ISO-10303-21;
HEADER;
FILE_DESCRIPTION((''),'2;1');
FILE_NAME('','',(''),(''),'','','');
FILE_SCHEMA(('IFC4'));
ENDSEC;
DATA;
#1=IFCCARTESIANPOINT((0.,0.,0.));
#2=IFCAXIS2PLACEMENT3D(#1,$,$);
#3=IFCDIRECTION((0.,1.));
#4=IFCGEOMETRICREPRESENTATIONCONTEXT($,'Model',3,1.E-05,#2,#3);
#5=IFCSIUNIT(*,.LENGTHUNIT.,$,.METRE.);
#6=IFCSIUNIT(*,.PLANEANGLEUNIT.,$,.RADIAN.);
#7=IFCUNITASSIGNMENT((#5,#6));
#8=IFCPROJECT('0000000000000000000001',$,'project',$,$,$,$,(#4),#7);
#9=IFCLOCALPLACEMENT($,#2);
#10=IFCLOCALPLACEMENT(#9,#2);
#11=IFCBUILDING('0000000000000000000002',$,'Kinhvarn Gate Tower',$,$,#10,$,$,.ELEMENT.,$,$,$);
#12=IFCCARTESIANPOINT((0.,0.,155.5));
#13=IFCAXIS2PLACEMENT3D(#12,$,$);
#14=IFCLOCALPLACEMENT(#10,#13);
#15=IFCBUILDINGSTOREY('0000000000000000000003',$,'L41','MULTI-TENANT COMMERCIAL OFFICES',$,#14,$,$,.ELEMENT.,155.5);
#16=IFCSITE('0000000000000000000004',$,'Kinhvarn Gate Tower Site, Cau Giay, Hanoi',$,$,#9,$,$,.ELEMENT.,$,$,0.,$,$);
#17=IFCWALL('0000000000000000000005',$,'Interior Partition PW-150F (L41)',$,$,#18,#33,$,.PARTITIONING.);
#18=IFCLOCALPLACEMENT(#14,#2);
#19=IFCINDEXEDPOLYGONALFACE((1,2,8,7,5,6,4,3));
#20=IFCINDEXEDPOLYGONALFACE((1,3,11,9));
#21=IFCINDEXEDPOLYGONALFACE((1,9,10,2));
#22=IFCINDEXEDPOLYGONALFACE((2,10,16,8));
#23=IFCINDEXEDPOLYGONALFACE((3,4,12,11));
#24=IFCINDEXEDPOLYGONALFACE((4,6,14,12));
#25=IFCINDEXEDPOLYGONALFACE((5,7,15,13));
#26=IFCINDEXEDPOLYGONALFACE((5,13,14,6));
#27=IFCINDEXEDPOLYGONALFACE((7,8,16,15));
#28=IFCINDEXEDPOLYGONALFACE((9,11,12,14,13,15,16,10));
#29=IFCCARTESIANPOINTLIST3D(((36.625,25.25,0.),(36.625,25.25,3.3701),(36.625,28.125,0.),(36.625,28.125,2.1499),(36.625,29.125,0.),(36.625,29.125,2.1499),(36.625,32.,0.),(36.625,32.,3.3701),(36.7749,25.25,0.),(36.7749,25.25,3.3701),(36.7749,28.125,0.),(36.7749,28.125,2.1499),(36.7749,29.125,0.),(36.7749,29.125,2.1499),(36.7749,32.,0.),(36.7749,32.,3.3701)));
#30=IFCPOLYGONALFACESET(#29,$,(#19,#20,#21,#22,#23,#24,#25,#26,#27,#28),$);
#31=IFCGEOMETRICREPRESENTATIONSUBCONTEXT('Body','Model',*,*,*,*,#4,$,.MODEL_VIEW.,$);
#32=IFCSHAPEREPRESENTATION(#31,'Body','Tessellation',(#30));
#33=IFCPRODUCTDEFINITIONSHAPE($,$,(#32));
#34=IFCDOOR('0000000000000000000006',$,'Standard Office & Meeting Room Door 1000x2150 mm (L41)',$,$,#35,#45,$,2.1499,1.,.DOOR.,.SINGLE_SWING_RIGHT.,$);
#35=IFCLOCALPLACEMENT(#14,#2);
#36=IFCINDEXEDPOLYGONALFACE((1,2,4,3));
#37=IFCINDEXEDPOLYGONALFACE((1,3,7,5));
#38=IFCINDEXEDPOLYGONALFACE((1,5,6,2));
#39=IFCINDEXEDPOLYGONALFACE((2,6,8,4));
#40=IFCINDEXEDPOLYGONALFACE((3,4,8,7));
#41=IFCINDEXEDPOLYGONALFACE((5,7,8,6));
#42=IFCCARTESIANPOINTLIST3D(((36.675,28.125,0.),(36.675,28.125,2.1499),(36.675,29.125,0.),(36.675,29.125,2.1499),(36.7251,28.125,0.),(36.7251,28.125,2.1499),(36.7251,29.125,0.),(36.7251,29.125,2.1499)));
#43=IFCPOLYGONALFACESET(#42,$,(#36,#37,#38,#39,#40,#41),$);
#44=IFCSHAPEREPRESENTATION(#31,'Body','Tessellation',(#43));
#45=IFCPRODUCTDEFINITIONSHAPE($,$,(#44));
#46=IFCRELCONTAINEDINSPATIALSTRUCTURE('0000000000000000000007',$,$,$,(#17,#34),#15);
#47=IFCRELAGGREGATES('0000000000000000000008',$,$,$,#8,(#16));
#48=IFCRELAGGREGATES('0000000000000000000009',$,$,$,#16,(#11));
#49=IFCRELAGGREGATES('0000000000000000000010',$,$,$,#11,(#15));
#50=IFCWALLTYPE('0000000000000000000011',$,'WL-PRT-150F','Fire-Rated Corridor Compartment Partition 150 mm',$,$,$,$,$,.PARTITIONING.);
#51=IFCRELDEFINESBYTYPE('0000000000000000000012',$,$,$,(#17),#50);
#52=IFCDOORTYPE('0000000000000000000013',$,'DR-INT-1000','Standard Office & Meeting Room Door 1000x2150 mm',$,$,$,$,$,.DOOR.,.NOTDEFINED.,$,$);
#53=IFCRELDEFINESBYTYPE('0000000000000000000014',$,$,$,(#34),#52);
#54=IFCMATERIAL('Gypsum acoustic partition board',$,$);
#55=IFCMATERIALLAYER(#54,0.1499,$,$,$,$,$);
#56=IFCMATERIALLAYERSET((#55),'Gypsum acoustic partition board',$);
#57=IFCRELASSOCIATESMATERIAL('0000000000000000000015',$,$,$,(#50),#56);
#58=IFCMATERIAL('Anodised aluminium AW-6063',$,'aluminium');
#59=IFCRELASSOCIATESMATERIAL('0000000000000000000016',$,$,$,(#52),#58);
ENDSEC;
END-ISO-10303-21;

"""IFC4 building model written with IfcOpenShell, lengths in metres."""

from ifc_helpers import new_model, si_unit, direction, frame, frame_2d, origin, place, context, subcontext, project, spatial, rectangle, extrude, material, layer, layer_set, type_object, element, fill, save


model = new_model("IFC4")

# Units and contexts
model_context = context("Model", 3, precision=1e-05, world=origin(), true_north=direction((0.0, 1.0)))
body_context = subcontext(model_context, "Body", "Model", "MODEL_VIEW")
ifc_project = project(units=[si_unit("LENGTHUNIT", "METRE"), si_unit("PLANEANGLEUNIT", "RADIAN")], contexts=[model_context])

# Site, building, storey
site_placement = place(None, origin())
site = spatial("IfcSite", under=ifc_project, at=site_placement, Name="Kinhvarn Gate Tower Site, Cau Giay, Hanoi", CompositionType="ELEMENT", RefElevation=0.0)
building_placement = place(site_placement, origin())
building = spatial("IfcBuilding", under=site, at=building_placement, Name="Kinhvarn Gate Tower", CompositionType="ELEMENT")
storey_placement = place(building_placement, frame((0.0, 0.0, 155.5)))
storey = spatial("IfcBuildingStorey", under=building, at=storey_placement, Name="L41", Description="MULTI-TENANT COMMERCIAL OFFICES", CompositionType="ELEMENT", Elevation=155.5)

# Shared definitions
ifc_material_1 = material(Name="Gypsum acoustic partition board")

# Shared definitions
ifc_layer_1 = layer(ifc_material_1, 0.1499)
ifc_layer_set_1 = layer_set([ifc_layer_1], Name="Gypsum acoustic partition board")
wall_type_1 = type_object("IfcWallType", Name="WL-PRT-150F", Description="Fire-Rated Corridor Compartment Partition 150 mm", PredefinedType="PARTITIONING", material=ifc_layer_set_1)
ifc_material_2 = material(Name="Anodised aluminium AW-6063", Category="aluminium")
door_type = type_object("IfcDoorType", Name="DR-INT-1000", Description="Standard Office & Meeting Room Door 1000x2150 mm", OperationType="NOTDEFINED", PredefinedType="DOOR", material=ifc_material_2)

# Wall, opening, door
wall_1_placement = place(storey_placement, frame((36.7, 25.25, 0.0), z_axis=(0.0, 0.0, 1.0), x_axis=(0.0, 1.0, 0.0)))
wall_1 = element("IfcWall", 1, at=wall_1_placement, inside=storey, type_object=wall_type_1, Name="Interior Partition PW-150F (L41)", PredefinedType="PARTITIONING", context=body_context, shape_type="SweptSolid", body=[
    extrude(rectangle(XDim=6.75, YDim=0.1499, at=frame_2d((3.375, 0.0))), origin(), (0.0, 0.0, 1.0), 3.3701),
])
opening_1_placement = place(wall_1_placement, frame((2.875, 0.0, 0.0)))
opening_1 = element("IfcOpeningElement", 2, at=opening_1_placement, cuts=wall_1, PredefinedType="OPENING", context=body_context, shape_type="SweptSolid", body=[
    extrude(rectangle(XDim=1.0, YDim=2.1499, at=frame_2d((0.5, 1.075))), frame((0.0, 0.085, 0.0), z_axis=(0.0, -1.0, 0.0), x_axis=(1.0, 0.0, 0.0)), (0.0, 0.0, 1.0), 0.1699),
])
door_1_placement = place(opening_1_placement, origin())
door_1 = element("IfcDoor", 3, at=door_1_placement, inside=storey, type_object=door_type, Name="Standard Office & Meeting Room Door 1000x2150 mm (L41)", OperationType="SINGLE_SWING_RIGHT", OverallHeight=2.1499, OverallWidth=1.0, PredefinedType="DOOR", context=body_context, shape_type="SweptSolid", body=[
    extrude(rectangle(XDim=1.0, YDim=2.1499, at=frame_2d((0.5, 1.075))), frame((0.0, 0.0249, 0.0), z_axis=(0.0, -1.0, 0.0), x_axis=(1.0, 0.0, 0.0)), (0.0, 0.0, 1.0), 0.05),
])
fill(opening_1, door_1)

save(model, "model.ifc")
